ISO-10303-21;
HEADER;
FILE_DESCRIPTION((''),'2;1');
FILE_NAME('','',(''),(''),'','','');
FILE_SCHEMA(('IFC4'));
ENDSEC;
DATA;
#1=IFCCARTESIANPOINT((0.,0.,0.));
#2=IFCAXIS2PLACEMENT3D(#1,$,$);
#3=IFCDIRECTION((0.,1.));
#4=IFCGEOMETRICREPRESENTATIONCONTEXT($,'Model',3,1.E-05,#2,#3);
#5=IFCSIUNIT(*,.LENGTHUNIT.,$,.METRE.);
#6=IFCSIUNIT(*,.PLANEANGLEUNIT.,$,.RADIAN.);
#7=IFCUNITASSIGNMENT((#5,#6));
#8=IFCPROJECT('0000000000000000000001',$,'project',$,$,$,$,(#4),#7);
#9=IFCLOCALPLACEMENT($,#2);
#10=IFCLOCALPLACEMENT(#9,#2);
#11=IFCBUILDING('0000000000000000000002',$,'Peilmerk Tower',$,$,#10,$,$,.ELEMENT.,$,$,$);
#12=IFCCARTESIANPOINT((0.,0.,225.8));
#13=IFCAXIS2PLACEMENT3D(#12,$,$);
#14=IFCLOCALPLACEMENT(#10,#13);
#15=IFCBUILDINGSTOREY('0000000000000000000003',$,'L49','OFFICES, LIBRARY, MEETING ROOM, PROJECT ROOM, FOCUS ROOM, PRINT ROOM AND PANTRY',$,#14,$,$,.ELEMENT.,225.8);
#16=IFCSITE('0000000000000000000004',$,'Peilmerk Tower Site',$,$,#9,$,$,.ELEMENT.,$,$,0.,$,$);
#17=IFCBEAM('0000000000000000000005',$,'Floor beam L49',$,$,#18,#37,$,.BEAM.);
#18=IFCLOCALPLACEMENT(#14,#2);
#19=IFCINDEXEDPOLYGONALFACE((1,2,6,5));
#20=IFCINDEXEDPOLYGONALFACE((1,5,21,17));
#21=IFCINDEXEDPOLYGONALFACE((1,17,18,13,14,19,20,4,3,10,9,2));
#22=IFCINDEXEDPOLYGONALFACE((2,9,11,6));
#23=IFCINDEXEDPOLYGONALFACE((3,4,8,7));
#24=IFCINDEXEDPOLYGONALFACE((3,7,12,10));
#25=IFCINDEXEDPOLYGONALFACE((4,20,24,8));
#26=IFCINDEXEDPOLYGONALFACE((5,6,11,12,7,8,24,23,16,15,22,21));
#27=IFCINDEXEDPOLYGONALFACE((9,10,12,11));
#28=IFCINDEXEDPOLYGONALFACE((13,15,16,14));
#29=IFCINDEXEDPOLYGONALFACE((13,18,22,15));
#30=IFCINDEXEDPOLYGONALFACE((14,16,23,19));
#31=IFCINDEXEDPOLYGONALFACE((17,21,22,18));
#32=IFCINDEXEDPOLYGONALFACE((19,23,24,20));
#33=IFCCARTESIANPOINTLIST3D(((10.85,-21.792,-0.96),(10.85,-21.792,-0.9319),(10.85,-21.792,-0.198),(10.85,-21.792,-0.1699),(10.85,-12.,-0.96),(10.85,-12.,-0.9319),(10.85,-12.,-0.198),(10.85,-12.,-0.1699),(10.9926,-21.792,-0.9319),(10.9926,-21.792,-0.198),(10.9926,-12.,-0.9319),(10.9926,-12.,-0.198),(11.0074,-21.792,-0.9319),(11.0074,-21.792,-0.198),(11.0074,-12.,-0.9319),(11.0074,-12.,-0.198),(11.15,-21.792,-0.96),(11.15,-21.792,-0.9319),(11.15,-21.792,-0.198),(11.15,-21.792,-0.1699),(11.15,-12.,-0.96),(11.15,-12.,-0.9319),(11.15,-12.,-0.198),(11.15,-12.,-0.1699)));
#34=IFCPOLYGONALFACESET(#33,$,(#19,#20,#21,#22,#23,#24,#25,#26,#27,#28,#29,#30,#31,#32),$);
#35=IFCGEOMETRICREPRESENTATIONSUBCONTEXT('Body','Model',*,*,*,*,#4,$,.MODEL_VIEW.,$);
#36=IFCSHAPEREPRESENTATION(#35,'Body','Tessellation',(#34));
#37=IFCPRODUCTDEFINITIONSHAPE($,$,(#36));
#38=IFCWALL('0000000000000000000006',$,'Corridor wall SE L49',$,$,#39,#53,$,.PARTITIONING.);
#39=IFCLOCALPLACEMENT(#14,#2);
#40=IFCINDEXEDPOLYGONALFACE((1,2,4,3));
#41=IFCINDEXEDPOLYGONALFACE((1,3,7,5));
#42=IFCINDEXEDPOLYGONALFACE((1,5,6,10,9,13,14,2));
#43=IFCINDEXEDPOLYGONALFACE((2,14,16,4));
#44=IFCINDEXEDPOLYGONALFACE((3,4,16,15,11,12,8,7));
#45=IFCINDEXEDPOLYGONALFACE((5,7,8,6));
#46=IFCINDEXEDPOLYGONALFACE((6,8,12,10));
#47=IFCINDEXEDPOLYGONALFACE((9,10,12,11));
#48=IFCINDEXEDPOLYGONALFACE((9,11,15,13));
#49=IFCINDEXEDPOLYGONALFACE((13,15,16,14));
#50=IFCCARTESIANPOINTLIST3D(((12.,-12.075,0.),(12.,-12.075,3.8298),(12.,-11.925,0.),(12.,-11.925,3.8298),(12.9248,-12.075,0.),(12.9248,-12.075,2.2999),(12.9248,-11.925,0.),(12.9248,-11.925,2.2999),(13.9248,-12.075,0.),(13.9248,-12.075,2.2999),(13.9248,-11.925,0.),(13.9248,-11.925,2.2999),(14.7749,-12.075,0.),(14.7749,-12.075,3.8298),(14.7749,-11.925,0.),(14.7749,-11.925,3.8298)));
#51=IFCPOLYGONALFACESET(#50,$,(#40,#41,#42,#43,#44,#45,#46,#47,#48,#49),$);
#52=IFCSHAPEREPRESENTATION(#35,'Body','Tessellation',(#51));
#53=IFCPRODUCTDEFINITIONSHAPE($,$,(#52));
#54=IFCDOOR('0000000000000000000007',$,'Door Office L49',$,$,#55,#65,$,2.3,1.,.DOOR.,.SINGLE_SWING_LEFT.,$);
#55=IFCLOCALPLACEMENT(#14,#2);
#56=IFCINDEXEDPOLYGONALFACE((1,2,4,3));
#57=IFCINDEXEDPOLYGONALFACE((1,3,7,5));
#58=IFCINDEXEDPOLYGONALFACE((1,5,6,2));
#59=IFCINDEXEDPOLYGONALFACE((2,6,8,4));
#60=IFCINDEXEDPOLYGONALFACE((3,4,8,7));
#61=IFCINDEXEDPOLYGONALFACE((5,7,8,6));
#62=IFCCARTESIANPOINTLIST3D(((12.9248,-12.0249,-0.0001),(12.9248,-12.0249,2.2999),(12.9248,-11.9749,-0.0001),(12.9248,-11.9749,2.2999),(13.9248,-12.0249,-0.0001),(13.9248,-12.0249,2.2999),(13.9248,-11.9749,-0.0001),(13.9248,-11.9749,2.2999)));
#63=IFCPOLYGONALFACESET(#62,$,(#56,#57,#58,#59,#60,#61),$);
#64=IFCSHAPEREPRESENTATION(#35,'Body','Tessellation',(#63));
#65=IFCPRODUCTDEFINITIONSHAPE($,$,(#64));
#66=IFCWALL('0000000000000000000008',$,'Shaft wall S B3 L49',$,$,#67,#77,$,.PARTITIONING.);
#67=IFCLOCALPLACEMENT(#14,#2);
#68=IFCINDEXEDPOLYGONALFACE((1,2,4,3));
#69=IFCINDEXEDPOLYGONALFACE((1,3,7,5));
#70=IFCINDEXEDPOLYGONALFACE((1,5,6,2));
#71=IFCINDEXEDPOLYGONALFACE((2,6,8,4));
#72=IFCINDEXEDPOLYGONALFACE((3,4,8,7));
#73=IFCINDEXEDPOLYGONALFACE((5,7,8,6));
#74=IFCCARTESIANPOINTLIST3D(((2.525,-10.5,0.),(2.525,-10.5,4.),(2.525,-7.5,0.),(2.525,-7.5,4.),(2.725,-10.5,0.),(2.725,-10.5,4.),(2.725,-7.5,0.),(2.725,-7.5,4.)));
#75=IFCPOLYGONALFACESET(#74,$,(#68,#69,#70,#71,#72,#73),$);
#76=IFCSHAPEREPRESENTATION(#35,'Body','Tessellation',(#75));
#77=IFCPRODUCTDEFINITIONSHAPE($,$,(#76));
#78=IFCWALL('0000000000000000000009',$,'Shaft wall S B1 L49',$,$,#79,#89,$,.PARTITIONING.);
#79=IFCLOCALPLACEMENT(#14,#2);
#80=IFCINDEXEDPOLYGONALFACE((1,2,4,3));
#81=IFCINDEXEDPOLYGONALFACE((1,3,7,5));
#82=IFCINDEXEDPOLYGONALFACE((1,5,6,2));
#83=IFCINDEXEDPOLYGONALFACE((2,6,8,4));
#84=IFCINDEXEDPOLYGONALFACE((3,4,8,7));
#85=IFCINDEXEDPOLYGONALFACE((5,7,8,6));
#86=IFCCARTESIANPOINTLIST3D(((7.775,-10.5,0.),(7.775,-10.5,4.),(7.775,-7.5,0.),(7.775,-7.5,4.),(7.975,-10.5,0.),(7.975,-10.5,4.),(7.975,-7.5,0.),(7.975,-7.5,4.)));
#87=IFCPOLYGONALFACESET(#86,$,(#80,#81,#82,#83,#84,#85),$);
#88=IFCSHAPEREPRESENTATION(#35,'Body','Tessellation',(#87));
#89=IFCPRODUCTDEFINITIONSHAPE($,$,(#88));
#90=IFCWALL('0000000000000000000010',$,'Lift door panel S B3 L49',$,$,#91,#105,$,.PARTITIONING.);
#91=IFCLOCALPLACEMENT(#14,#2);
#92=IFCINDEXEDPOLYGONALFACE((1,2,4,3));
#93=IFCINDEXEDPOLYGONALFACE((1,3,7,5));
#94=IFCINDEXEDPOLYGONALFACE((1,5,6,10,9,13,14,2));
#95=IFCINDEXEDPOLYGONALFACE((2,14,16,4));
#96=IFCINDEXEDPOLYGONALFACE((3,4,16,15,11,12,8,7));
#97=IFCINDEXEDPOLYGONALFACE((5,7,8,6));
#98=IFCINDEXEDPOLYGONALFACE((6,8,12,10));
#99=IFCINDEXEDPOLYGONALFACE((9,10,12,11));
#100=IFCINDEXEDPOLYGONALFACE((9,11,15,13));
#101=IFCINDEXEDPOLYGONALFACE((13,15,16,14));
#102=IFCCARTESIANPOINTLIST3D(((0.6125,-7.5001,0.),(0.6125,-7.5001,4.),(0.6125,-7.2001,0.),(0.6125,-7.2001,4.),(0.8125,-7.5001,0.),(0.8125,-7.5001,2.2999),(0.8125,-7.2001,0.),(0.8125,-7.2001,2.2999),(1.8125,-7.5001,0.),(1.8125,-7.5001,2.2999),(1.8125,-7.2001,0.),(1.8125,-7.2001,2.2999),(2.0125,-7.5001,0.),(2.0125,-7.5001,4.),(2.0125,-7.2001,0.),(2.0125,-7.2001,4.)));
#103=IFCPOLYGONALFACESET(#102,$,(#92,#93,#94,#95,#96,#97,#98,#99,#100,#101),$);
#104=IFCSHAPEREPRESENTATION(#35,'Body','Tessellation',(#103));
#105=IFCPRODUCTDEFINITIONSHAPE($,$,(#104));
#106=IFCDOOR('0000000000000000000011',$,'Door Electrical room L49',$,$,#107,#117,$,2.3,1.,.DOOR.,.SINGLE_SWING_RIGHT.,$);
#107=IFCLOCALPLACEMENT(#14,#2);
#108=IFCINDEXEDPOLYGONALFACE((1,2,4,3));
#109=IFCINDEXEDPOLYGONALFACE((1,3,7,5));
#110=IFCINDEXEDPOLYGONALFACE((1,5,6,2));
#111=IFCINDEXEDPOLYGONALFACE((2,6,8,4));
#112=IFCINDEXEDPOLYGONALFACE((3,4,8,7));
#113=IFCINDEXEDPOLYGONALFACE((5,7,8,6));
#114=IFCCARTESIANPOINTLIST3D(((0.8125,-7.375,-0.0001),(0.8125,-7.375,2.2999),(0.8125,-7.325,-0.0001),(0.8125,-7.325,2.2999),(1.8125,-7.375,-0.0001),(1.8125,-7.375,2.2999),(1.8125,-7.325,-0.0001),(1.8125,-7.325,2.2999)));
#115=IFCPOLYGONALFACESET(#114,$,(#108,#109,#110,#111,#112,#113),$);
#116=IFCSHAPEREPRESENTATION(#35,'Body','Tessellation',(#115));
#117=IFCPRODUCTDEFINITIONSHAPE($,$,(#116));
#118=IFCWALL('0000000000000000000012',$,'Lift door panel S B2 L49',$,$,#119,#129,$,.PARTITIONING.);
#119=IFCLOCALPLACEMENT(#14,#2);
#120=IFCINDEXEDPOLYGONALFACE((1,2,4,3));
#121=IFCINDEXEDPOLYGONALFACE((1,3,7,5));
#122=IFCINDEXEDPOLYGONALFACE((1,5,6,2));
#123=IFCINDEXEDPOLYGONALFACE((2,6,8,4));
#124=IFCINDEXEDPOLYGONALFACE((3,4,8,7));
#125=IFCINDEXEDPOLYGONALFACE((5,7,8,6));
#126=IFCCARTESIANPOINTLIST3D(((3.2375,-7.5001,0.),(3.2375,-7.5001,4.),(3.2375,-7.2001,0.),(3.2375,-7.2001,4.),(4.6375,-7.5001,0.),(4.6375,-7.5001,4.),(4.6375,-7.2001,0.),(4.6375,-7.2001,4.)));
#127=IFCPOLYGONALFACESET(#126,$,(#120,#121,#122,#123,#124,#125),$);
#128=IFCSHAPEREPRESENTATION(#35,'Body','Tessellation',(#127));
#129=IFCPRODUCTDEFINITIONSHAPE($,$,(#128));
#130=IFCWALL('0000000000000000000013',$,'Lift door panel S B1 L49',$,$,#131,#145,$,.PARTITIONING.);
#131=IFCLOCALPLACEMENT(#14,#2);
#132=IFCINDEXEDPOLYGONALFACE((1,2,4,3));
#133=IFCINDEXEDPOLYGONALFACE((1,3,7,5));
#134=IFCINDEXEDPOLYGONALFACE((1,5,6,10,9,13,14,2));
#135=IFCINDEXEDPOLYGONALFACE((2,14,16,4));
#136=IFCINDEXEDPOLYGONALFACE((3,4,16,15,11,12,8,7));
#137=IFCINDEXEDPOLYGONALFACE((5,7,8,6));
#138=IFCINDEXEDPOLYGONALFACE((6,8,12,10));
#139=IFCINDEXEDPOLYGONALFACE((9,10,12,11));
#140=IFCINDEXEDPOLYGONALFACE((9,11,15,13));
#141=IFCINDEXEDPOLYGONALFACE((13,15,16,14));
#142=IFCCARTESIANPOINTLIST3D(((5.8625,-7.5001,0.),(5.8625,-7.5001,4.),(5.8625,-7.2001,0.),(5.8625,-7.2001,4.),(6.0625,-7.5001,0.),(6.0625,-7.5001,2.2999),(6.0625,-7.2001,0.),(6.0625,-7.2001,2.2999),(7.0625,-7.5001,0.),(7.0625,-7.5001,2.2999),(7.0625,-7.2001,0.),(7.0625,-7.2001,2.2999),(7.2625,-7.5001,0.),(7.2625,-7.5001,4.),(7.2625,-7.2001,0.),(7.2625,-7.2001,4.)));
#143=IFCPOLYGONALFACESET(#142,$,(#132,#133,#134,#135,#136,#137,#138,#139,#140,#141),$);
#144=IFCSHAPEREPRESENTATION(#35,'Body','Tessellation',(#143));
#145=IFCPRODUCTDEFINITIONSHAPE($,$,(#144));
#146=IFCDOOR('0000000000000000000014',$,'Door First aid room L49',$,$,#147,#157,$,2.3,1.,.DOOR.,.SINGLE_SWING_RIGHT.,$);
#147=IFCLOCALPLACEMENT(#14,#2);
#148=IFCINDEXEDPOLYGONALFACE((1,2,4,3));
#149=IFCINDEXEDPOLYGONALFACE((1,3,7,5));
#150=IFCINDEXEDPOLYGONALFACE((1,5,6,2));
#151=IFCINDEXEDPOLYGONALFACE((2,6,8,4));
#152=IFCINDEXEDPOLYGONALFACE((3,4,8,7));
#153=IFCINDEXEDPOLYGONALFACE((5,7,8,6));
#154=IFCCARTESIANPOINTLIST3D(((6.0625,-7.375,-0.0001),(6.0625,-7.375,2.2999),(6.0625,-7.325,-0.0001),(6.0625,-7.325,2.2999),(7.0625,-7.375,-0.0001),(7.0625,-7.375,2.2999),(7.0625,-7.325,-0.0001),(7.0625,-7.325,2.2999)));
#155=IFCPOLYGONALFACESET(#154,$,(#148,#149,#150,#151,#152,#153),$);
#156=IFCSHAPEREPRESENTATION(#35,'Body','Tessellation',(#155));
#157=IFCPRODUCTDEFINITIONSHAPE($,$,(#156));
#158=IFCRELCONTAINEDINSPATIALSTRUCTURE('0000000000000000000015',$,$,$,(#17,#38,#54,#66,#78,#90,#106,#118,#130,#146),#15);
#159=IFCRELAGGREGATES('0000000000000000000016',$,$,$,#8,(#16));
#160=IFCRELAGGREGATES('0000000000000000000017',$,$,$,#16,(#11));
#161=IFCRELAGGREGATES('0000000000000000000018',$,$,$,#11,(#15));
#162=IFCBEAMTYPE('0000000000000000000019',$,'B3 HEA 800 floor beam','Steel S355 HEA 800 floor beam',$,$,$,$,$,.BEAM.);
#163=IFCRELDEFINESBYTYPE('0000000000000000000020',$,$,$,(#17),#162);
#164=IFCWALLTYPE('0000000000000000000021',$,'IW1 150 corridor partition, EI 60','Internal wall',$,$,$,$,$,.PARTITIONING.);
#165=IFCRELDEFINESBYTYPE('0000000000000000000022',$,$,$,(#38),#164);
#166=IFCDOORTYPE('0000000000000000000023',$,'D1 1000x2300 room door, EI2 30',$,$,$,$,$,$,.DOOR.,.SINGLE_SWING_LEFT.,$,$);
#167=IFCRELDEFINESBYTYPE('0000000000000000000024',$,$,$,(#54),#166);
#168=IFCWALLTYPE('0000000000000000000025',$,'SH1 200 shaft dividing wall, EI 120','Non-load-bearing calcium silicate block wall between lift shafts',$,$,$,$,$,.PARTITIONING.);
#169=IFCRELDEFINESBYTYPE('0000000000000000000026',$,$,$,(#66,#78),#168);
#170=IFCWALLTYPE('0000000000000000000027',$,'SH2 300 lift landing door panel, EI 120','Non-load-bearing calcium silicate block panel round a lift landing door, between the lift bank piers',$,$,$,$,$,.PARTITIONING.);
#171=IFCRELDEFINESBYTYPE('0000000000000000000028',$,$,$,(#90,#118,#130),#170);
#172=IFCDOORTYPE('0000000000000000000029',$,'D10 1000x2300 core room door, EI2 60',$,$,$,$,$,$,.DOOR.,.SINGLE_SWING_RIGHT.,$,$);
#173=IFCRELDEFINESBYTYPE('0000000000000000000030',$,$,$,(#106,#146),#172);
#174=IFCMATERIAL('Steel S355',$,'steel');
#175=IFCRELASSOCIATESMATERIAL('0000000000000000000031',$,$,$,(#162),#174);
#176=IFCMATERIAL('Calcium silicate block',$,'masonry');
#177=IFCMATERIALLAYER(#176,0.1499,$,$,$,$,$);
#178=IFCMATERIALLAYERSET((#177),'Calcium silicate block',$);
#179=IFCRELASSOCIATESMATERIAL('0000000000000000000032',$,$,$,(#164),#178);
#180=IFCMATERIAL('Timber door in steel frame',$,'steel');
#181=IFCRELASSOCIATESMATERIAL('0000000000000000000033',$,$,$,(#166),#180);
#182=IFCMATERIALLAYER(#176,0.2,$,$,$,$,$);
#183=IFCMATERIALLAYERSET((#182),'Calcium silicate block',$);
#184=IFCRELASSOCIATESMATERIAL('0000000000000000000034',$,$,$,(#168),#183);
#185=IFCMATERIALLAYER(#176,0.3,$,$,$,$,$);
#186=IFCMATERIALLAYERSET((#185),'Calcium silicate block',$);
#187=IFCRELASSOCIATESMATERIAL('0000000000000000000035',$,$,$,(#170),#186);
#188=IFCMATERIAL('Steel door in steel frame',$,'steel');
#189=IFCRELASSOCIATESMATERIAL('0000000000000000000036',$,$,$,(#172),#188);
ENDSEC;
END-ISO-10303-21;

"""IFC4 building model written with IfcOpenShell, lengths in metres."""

from ifc_helpers import new_model, si_unit, direction, frame, frame_2d, origin, origin_2d, place, context, subcontext, project, spatial, rectangle, i_section, extrude, material, layer, layer_set, material_profile, profile_set, type_object, element, fill, save


model = new_model("IFC4")

# Units and contexts
model_context = context("Model", 3, precision=1e-05, world=origin(), true_north=direction((0.0, 1.0)))
body_context = subcontext(model_context, "Body", "Model", "MODEL_VIEW")
ifc_project = project(units=[si_unit("LENGTHUNIT", "METRE"), si_unit("PLANEANGLEUNIT", "RADIAN")], contexts=[model_context])

# Site, building, storey
site_placement = place(None, origin())
site = spatial("IfcSite", under=ifc_project, at=site_placement, Name="Peilmerk Tower Site", CompositionType="ELEMENT", RefElevation=0.0)
building_placement = place(site_placement, origin())
building = spatial("IfcBuilding", under=site, at=building_placement, Name="Peilmerk Tower", CompositionType="ELEMENT")
storey_placement = place(building_placement, frame((0.0, 0.0, 225.8)))
storey = spatial("IfcBuildingStorey", under=building, at=storey_placement, Name="L49", Description="OFFICES, LIBRARY, MEETING ROOM, PROJECT ROOM, FOCUS ROOM, PRINT ROOM AND PANTRY", CompositionType="ELEMENT", Elevation=225.8)

# Beam
ifc_material_1 = material(Name="Steel S355", Category="steel")
ifc_material_profile_1 = material_profile(ifc_material_1, i_section(OverallWidth=0.3, OverallDepth=0.79, WebThickness=0.0149, FlangeThickness=0.0281, at=origin_2d()), Name="HEA 800")
ifc_profile_set_1 = profile_set([ifc_material_profile_1], Name="Steel S355")
beam_type_1 = type_object("IfcBeamType", Name="B3 HEA 800 floor beam", Description="Steel S355 HEA 800 floor beam", PredefinedType="BEAM", material=ifc_profile_set_1)
for number, where, z_axis, x_axis, name in (
    (1, (11.0, -12.0, -0.5649), (0.0, -1.0, 0.0), (1.0, 0.0, 0.0), "Floor beam L49"),
):
    element("IfcBeam", number, at=place(storey_placement, frame(where, z_axis=z_axis, x_axis=x_axis)), inside=storey, type_object=beam_type_1, Name=name, PredefinedType="BEAM", context=body_context, shape_type="SweptSolid", body=[
        extrude(i_section(OverallWidth=0.3, OverallDepth=0.79, WebThickness=0.0149, FlangeThickness=0.0281, at=origin_2d()), origin(), (0.0, 0.0, 1.0), 9.792),
    ])

# Wall, opening, door
ifc_material_2 = material(Name="Calcium silicate block", Category="masonry")
ifc_layer_1 = layer(ifc_material_2, 0.1499)
ifc_layer_set_1 = layer_set([ifc_layer_1], Name="Calcium silicate block")
wall_type_1 = type_object("IfcWallType", Name="IW1 150 corridor partition, EI 60", Description="Internal wall", PredefinedType="PARTITIONING", material=ifc_layer_set_1)
wall_1_placement = place(storey_placement, frame((14.7749, -12.0, 0.0), z_axis=(0.0, 0.0, 1.0), x_axis=(-1.0, 0.0, 0.0)))
wall_1 = element("IfcWall", 2, at=wall_1_placement, inside=storey, type_object=wall_type_1, Name="Corridor wall SE L49", PredefinedType="PARTITIONING", context=body_context, shape_type="SweptSolid", body=[
    extrude(rectangle(XDim=2.7749, YDim=0.1499, at=frame_2d((1.3875, 0.0))), origin(), (0.0, 0.0, 1.0), 3.8298),
])
opening_1_placement = place(wall_1_placement, frame((0.8501, 0.0, 0.0)))
opening_1 = element("IfcOpeningElement", 3, at=opening_1_placement, cuts=wall_1, PredefinedType="OPENING", context=body_context, shape_type="SweptSolid", body=[
    extrude(rectangle(XDim=1.0, YDim=2.3, at=frame_2d((0.5, 1.1499))), frame((0.0, 0.085, 0.0), z_axis=(0.0, -1.0, 0.0), x_axis=(1.0, 0.0, 0.0)), (0.0, 0.0, 1.0), 0.1699),
])
ifc_material_3 = material(Name="Timber door in steel frame", Category="steel")
door_type_1 = type_object("IfcDoorType", Name="D1 1000x2300 room door, EI2 30", OperationType="SINGLE_SWING_LEFT", PredefinedType="DOOR", material=ifc_material_3)
door_1_placement = place(opening_1_placement, origin())
door_1 = element("IfcDoor", 4, at=door_1_placement, inside=storey, type_object=door_type_1, Name="Door Office L49", OperationType="SINGLE_SWING_LEFT", OverallHeight=2.3, OverallWidth=1.0, PredefinedType="DOOR", context=body_context, shape_type="SweptSolid", body=[
    extrude(rectangle(XDim=1.0, YDim=2.3, at=frame_2d((0.5, 1.1499))), frame((0.0, 0.0249, 0.0), z_axis=(0.0, -1.0, 0.0), x_axis=(1.0, 0.0, 0.0)), (0.0, 0.0, 1.0), 0.05),
])
fill(opening_1, door_1)

# Walls
ifc_layer_2 = layer(ifc_material_2, 0.2)
ifc_layer_set_2 = layer_set([ifc_layer_2], Name="Calcium silicate block")
wall_type_2 = type_object("IfcWallType", Name="SH1 200 shaft dividing wall, EI 120", Description="Non-load-bearing calcium silicate block wall between lift shafts", PredefinedType="PARTITIONING", material=ifc_layer_set_2)
for number, where, z_axis, x_axis, name in (
    (5, (2.625, -10.5, 0.0), (0.0, 0.0, 1.0), (0.0, 1.0, 0.0), "Shaft wall S B3 L49"),
    (6, (7.875, -10.5, 0.0), (0.0, 0.0, 1.0), (0.0, 1.0, 0.0), "Shaft wall S B1 L49"),
):
    element("IfcWall", number, at=place(storey_placement, frame(where, z_axis=z_axis, x_axis=x_axis)), inside=storey, type_object=wall_type_2, Name=name, PredefinedType="PARTITIONING", context=body_context, shape_type="SweptSolid", body=[
        extrude(rectangle(XDim=3.0, YDim=0.2, at=frame_2d((1.5, 0.0))), origin(), (0.0, 0.0, 1.0), 4.0),
    ])

# Wall, opening, door
ifc_layer_3 = layer(ifc_material_2, 0.3)
ifc_layer_set_3 = layer_set([ifc_layer_3], Name="Calcium silicate block")
wall_type_3 = type_object("IfcWallType", Name="SH2 300 lift landing door panel, EI 120", Description="Non-load-bearing calcium silicate block panel round a lift landing door, between the lift bank piers", PredefinedType="PARTITIONING", material=ifc_layer_set_3)
wall_2_placement = place(storey_placement, frame((0.6125, -7.3501, 0.0), z_axis=(0.0, 0.0, 1.0), x_axis=(1.0, 0.0, 0.0)))
wall_2 = element("IfcWall", 7, at=wall_2_placement, inside=storey, type_object=wall_type_3, Name="Lift door panel S B3 L49", PredefinedType="PARTITIONING", context=body_context, shape_type="SweptSolid", body=[
    extrude(rectangle(XDim=1.3999, YDim=0.3, at=frame_2d((0.7, 0.0))), origin(), (0.0, 0.0, 1.0), 4.0),
])
opening_2_placement = place(wall_2_placement, frame((0.2, 0.0, 0.0)))
opening_2 = element("IfcOpeningElement", 8, at=opening_2_placement, cuts=wall_2, PredefinedType="OPENING", context=body_context, shape_type="SweptSolid", body=[
    extrude(rectangle(XDim=1.0, YDim=2.3, at=frame_2d((0.5, 1.1499))), frame((0.0, 0.1599, 0.0), z_axis=(0.0, -1.0, 0.0), x_axis=(1.0, 0.0, 0.0)), (0.0, 0.0, 1.0), 0.3201),
])
ifc_material_4 = material(Name="Steel door in steel frame", Category="steel")
door_type_2 = type_object("IfcDoorType", Name="D10 1000x2300 core room door, EI2 60", OperationType="SINGLE_SWING_RIGHT", PredefinedType="DOOR", material=ifc_material_4)
door_2_placement = place(opening_2_placement, frame((1.0, 0.0, 0.0), z_axis=(0.0, 0.0, 1.0), x_axis=(-1.0, 0.0, 0.0)))
door_2 = element("IfcDoor", 9, at=door_2_placement, inside=storey, type_object=door_type_2, Name="Door Electrical room L49", OperationType="SINGLE_SWING_RIGHT", OverallHeight=2.3, OverallWidth=1.0, PredefinedType="DOOR", context=body_context, shape_type="SweptSolid", body=[
    extrude(rectangle(XDim=1.0, YDim=2.3, at=frame_2d((0.5, 1.1499))), frame((0.0, 0.0249, 0.0), z_axis=(0.0, -1.0, 0.0), x_axis=(1.0, 0.0, 0.0)), (0.0, 0.0, 1.0), 0.05),
])
fill(opening_2, door_2)

# Wall
wall_3_placement = place(storey_placement, frame((3.2375, -7.3501, 0.0), z_axis=(0.0, 0.0, 1.0), x_axis=(1.0, 0.0, 0.0)))
element("IfcWall", 10, at=wall_3_placement, inside=storey, type_object=wall_type_3, Name="Lift door panel S B2 L49", PredefinedType="PARTITIONING", context=body_context, shape_type="SweptSolid", body=[
    extrude(rectangle(XDim=1.3999, YDim=0.3, at=frame_2d((0.7, 0.0))), origin(), (0.0, 0.0, 1.0), 4.0),
])

# Wall, opening, door
wall_4_placement = place(storey_placement, frame((5.8625, -7.3501, 0.0), z_axis=(0.0, 0.0, 1.0), x_axis=(1.0, 0.0, 0.0)))
wall_4 = element("IfcWall", 11, at=wall_4_placement, inside=storey, type_object=wall_type_3, Name="Lift door panel S B1 L49", PredefinedType="PARTITIONING", context=body_context, shape_type="SweptSolid", body=[
    extrude(rectangle(XDim=1.3999, YDim=0.3, at=frame_2d((0.7, 0.0))), origin(), (0.0, 0.0, 1.0), 4.0),
])
opening_3_placement = place(wall_4_placement, frame((0.2, 0.0, 0.0)))
opening_3 = element("IfcOpeningElement", 12, at=opening_3_placement, cuts=wall_4, PredefinedType="OPENING", context=body_context, shape_type="SweptSolid", body=[
    extrude(rectangle(XDim=1.0, YDim=2.3, at=frame_2d((0.5, 1.1499))), frame((0.0, 0.1599, 0.0), z_axis=(0.0, -1.0, 0.0), x_axis=(1.0, 0.0, 0.0)), (0.0, 0.0, 1.0), 0.3201),
])
door_3_placement = place(opening_3_placement, frame((1.0, 0.0, 0.0), z_axis=(0.0, 0.0, 1.0), x_axis=(-1.0, 0.0, 0.0)))
door_3 = element("IfcDoor", 13, at=door_3_placement, inside=storey, type_object=door_type_2, Name="Door First aid room L49", OperationType="SINGLE_SWING_RIGHT", OverallHeight=2.3, OverallWidth=1.0, PredefinedType="DOOR", context=body_context, shape_type="SweptSolid", body=[
    extrude(rectangle(XDim=1.0, YDim=2.3, at=frame_2d((0.5, 1.1499))), frame((0.0, 0.0249, 0.0), z_axis=(0.0, -1.0, 0.0), x_axis=(1.0, 0.0, 0.0)), (0.0, 0.0, 1.0), 0.05),
])
fill(opening_3, door_3)

save(model, "model.ifc")
